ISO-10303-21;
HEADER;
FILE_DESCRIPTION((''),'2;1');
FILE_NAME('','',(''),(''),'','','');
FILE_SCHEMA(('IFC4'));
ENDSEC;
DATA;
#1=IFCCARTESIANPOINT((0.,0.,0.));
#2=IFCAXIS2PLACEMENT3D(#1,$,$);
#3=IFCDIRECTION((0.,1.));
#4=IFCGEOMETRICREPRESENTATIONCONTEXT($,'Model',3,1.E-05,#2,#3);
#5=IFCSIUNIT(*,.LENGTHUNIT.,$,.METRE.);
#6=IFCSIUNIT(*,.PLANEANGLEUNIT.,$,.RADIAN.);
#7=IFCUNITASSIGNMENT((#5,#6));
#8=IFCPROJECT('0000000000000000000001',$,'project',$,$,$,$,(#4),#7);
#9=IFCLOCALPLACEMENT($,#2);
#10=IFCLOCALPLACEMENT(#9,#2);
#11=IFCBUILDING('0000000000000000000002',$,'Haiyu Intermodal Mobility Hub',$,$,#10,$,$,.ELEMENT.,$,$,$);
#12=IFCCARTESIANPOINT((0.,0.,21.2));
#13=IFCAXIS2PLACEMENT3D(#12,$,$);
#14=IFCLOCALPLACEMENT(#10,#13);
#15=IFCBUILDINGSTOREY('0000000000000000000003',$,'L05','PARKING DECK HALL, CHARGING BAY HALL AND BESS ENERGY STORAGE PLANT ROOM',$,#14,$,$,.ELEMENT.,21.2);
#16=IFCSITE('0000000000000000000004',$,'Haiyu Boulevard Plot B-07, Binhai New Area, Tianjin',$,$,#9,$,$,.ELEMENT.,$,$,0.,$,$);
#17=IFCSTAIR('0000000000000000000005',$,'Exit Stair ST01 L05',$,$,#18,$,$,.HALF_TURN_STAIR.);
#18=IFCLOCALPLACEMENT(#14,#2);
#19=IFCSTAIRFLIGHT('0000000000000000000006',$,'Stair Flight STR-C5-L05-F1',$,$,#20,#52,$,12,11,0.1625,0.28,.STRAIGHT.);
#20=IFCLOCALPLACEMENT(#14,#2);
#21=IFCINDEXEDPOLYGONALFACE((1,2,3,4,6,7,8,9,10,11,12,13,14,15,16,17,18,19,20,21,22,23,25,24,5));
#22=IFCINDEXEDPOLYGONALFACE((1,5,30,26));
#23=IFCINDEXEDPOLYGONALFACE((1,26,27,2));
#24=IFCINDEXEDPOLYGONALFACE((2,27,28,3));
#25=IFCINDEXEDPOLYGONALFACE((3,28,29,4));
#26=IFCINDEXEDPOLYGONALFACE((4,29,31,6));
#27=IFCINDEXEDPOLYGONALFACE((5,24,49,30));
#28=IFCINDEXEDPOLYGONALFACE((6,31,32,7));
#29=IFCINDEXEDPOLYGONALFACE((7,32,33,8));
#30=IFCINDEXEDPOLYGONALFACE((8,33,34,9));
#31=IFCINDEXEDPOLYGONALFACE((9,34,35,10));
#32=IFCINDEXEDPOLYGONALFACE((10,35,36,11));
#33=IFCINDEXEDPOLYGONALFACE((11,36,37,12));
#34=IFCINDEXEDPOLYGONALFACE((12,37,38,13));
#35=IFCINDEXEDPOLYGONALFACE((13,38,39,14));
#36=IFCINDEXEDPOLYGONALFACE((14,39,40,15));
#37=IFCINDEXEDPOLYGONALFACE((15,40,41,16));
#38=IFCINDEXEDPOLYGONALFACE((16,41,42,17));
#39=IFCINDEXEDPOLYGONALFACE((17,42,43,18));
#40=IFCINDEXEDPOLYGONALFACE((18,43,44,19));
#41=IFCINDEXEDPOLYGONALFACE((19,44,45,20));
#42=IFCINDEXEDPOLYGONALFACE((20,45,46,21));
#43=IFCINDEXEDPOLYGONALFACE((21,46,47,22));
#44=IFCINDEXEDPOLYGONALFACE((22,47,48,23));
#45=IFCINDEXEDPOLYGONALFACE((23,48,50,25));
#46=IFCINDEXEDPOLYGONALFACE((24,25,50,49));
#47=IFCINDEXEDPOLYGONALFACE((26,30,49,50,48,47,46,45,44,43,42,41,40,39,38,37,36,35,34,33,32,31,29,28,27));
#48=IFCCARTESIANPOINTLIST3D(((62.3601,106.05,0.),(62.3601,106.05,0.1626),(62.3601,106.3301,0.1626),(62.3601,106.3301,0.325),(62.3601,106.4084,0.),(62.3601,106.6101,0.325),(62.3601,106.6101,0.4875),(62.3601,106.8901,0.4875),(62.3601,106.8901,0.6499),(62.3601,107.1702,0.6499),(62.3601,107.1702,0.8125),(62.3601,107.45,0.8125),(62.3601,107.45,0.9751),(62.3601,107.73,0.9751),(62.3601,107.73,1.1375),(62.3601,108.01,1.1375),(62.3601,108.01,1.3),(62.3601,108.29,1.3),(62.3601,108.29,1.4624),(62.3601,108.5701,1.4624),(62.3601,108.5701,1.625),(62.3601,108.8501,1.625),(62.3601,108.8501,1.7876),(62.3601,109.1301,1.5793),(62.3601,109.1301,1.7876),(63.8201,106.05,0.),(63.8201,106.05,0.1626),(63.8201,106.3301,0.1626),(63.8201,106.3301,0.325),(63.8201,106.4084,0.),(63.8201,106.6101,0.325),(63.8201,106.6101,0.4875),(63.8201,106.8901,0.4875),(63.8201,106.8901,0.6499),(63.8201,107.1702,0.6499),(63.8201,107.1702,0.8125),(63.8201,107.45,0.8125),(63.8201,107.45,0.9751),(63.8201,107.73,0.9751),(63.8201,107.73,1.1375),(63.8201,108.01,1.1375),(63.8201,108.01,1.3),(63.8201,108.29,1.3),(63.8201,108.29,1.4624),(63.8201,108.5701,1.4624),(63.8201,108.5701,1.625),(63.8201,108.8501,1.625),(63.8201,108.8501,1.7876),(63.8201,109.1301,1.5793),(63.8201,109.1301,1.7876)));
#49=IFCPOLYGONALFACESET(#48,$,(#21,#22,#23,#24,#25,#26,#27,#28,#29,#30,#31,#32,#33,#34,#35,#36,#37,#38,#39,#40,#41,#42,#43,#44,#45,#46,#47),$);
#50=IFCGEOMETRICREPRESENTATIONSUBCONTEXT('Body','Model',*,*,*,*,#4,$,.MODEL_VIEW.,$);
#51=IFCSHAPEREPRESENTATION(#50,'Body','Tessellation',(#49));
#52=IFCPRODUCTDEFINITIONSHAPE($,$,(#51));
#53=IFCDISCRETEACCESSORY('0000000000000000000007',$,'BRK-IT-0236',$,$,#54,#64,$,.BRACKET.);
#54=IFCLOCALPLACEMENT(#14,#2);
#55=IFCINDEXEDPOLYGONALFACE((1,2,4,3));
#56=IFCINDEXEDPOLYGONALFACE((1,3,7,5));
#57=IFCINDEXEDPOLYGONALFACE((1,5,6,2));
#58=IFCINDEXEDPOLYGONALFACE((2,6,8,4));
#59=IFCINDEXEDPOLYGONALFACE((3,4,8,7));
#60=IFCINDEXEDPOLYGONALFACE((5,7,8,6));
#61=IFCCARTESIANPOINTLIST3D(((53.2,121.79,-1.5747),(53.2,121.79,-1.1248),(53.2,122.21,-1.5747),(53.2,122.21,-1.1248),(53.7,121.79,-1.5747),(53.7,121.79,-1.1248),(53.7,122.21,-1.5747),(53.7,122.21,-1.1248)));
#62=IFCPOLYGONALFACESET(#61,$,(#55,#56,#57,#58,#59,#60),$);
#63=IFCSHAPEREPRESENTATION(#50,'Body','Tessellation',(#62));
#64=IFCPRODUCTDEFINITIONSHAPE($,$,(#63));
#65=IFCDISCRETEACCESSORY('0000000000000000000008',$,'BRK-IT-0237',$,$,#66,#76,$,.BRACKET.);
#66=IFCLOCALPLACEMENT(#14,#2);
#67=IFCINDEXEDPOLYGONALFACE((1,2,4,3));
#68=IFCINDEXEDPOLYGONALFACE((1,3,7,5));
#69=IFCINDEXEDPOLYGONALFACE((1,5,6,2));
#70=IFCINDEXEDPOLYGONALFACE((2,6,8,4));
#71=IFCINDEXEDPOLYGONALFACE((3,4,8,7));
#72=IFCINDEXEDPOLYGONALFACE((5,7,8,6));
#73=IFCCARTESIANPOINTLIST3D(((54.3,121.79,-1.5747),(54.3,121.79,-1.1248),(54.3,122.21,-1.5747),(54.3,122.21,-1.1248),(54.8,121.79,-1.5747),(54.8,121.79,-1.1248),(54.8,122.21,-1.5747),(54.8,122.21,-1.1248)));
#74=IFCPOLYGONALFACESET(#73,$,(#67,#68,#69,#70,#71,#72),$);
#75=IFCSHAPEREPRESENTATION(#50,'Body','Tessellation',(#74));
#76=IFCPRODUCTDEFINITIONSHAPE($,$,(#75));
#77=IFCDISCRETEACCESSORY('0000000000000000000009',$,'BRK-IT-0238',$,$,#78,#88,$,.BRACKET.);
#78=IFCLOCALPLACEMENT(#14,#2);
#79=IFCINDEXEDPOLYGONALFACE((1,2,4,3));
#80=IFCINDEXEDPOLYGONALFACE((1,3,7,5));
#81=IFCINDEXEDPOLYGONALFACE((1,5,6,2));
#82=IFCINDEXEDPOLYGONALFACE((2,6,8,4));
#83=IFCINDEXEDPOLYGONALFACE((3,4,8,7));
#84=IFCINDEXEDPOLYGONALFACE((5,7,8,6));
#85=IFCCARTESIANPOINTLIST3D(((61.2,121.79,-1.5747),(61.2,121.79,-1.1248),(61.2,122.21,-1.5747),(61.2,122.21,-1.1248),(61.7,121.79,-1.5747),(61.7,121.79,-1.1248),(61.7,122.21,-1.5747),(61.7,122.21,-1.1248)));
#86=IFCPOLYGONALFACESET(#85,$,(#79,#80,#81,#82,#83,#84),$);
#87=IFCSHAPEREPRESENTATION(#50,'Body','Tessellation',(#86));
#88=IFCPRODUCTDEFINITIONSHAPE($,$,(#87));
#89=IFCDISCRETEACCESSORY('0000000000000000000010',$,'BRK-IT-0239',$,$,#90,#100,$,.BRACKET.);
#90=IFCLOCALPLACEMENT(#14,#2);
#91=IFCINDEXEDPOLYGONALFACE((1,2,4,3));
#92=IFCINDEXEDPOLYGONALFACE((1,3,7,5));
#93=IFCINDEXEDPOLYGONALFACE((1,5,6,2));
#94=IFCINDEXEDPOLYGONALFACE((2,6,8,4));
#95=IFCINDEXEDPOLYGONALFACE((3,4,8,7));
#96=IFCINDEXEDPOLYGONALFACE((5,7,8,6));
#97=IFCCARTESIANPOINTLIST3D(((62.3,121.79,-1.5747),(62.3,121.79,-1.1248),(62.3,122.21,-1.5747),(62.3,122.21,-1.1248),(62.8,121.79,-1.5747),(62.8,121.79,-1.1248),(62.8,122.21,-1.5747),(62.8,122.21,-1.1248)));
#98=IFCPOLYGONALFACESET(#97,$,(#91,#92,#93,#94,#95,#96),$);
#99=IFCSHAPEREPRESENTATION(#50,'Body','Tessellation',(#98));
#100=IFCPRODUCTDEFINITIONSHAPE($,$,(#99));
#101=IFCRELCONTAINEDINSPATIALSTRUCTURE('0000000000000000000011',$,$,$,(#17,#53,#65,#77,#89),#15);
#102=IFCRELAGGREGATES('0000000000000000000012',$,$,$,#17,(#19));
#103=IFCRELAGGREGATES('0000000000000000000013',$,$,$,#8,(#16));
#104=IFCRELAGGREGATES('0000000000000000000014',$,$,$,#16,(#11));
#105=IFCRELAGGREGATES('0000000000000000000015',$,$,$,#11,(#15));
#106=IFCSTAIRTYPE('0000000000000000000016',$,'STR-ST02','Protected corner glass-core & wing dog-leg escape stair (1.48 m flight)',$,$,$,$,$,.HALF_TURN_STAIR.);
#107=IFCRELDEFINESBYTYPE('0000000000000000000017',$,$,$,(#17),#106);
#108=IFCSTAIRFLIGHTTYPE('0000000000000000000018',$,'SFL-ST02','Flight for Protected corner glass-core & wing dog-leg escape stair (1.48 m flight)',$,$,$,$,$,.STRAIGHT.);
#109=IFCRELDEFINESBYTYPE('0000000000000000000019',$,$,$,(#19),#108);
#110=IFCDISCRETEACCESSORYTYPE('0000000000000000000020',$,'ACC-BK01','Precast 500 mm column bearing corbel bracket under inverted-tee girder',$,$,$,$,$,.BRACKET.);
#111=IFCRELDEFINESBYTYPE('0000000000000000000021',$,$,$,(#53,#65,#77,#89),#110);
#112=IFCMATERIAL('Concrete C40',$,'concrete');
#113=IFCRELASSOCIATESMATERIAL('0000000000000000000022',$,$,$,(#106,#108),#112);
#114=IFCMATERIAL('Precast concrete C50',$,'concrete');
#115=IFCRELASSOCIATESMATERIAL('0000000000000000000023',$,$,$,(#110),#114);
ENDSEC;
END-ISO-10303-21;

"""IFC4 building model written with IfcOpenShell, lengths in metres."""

from ifc_helpers import new_model, si_unit, direction, frame, origin, origin_2d, place, context, subcontext, project, spatial, polyline, rectangle, outline, extrude, material, type_object, element, aggregate, save


model = new_model("IFC4")

# Units and contexts
model_context = context("Model", 3, precision=1e-05, world=origin(), true_north=direction((0.0, 1.0)))
body_context = subcontext(model_context, "Body", "Model", "MODEL_VIEW")
ifc_project = project(units=[si_unit("LENGTHUNIT", "METRE"), si_unit("PLANEANGLEUNIT", "RADIAN")], contexts=[model_context])

# Site, building, storey
site_placement = place(None, origin())
site = spatial("IfcSite", under=ifc_project, at=site_placement, Name="Haiyu Boulevard Plot B-07, Binhai New Area, Tianjin", CompositionType="ELEMENT", RefElevation=0.0)
building_placement = place(site_placement, origin())
building = spatial("IfcBuilding", under=site, at=building_placement, Name="Haiyu Intermodal Mobility Hub", CompositionType="ELEMENT")
storey_placement = place(building_placement, frame((0.0, 0.0, 21.2)))
storey = spatial("IfcBuildingStorey", under=building, at=storey_placement, Name="L05", Description="PARKING DECK HALL, CHARGING BAY HALL AND BESS ENERGY STORAGE PLANT ROOM", CompositionType="ELEMENT", Elevation=21.2)

# Shared definitions
ifc_material_1 = material(Name="Concrete C40", Category="concrete")
ifc_material_2 = material(Name="Precast concrete C50", Category="concrete")

# Stair, stair flight
stair_type = type_object("IfcStairType", Name="STR-ST02", Description="Protected corner glass-core & wing dog-leg escape stair (1.48 m flight)", PredefinedType="HALF_TURN_STAIR", material=ifc_material_1)
stair_placement = place(storey_placement, origin())
stair = element("IfcStair", 1, at=stair_placement, inside=storey, type_object=stair_type, Name="Exit Stair ST01 L05", PredefinedType="HALF_TURN_STAIR")
stair_flight_type = type_object("IfcStairFlightType", Name="SFL-ST02", Description="Flight for Protected corner glass-core & wing dog-leg escape stair (1.48 m flight)", PredefinedType="STRAIGHT", material=ifc_material_1)
stair_flight_placement = place(storey_placement, frame((63.0901, 106.05, 0.0), z_axis=(0.0, 0.0, 1.0), x_axis=(0.0, 1.0, 0.0)))
stair_flight = element("IfcStairFlight", 2, at=stair_flight_placement, type_object=stair_flight_type, Name="Stair Flight STR-C5-L05-F1", NumberOfRisers=12, NumberOfTreads=11, PredefinedType="STRAIGHT", RiserHeight=0.1625, TreadLength=0.28, context=body_context, shape_type="SweptSolid", body=[
    extrude(outline(polyline([(0.0, 0.0), (0.0, 0.1626), (0.28, 0.1626), (0.28, 0.325), (0.5601, 0.325), (0.5601, 0.4875), (0.8401, 0.4875), (0.8401, 0.6499), (1.1201, 0.6499), (1.1201, 0.8125), (1.3999, 0.8125), (1.3999, 0.9751), (1.6799, 0.9751), (1.6799, 1.1375), (1.96, 1.1375), (1.96, 1.3), (2.24, 1.3), (2.24, 1.4624), (2.52, 1.4624), (2.52, 1.625), (2.8, 1.625), (2.8, 1.7876), (3.0801, 1.7876), (3.0801, 1.95), (3.0801, 1.5793), (0.3584, 0.0), (0.0, 0.0)])), frame((0.0, 0.73, 0.0), z_axis=(0.0, -1.0, 0.0), x_axis=(1.0, 0.0, 0.0)), (0.0, 0.0, 1.0), 1.46),
])
aggregate(stair, [stair_flight])

# Discrete accessories
discrete_accessory_type = type_object("IfcDiscreteAccessoryType", Name="ACC-BK01", Description="Precast 500 mm column bearing corbel bracket under inverted-tee girder", PredefinedType="BRACKET", material=ifc_material_2)
for number, where, z_axis, x_axis, name in (
    (3, (53.45, 122.0, -1.5747), (0.0, 0.0, 1.0), (1.0, 0.0, 0.0), "BRK-IT-0236"),
    (4, (54.55, 122.0, -1.5747), (0.0, 0.0, 1.0), (1.0, 0.0, 0.0), "BRK-IT-0237"),
    (5, (61.45, 122.0, -1.5747), (0.0, 0.0, 1.0), (1.0, 0.0, 0.0), "BRK-IT-0238"),
    (6, (62.55, 122.0, -1.5747), (0.0, 0.0, 1.0), (1.0, 0.0, 0.0), "BRK-IT-0239"),
):
    element("IfcDiscreteAccessory", number, at=place(storey_placement, frame(where, z_axis=z_axis, x_axis=x_axis)), inside=storey, type_object=discrete_accessory_type, Name=name, PredefinedType="BRACKET", context=body_context, shape_type="SweptSolid", body=[
        extrude(rectangle(XDim=0.5, YDim=0.4199, at=origin_2d()), origin(), (0.0, 0.0, 1.0), 0.45),
    ])

save(model, "model.ifc")
